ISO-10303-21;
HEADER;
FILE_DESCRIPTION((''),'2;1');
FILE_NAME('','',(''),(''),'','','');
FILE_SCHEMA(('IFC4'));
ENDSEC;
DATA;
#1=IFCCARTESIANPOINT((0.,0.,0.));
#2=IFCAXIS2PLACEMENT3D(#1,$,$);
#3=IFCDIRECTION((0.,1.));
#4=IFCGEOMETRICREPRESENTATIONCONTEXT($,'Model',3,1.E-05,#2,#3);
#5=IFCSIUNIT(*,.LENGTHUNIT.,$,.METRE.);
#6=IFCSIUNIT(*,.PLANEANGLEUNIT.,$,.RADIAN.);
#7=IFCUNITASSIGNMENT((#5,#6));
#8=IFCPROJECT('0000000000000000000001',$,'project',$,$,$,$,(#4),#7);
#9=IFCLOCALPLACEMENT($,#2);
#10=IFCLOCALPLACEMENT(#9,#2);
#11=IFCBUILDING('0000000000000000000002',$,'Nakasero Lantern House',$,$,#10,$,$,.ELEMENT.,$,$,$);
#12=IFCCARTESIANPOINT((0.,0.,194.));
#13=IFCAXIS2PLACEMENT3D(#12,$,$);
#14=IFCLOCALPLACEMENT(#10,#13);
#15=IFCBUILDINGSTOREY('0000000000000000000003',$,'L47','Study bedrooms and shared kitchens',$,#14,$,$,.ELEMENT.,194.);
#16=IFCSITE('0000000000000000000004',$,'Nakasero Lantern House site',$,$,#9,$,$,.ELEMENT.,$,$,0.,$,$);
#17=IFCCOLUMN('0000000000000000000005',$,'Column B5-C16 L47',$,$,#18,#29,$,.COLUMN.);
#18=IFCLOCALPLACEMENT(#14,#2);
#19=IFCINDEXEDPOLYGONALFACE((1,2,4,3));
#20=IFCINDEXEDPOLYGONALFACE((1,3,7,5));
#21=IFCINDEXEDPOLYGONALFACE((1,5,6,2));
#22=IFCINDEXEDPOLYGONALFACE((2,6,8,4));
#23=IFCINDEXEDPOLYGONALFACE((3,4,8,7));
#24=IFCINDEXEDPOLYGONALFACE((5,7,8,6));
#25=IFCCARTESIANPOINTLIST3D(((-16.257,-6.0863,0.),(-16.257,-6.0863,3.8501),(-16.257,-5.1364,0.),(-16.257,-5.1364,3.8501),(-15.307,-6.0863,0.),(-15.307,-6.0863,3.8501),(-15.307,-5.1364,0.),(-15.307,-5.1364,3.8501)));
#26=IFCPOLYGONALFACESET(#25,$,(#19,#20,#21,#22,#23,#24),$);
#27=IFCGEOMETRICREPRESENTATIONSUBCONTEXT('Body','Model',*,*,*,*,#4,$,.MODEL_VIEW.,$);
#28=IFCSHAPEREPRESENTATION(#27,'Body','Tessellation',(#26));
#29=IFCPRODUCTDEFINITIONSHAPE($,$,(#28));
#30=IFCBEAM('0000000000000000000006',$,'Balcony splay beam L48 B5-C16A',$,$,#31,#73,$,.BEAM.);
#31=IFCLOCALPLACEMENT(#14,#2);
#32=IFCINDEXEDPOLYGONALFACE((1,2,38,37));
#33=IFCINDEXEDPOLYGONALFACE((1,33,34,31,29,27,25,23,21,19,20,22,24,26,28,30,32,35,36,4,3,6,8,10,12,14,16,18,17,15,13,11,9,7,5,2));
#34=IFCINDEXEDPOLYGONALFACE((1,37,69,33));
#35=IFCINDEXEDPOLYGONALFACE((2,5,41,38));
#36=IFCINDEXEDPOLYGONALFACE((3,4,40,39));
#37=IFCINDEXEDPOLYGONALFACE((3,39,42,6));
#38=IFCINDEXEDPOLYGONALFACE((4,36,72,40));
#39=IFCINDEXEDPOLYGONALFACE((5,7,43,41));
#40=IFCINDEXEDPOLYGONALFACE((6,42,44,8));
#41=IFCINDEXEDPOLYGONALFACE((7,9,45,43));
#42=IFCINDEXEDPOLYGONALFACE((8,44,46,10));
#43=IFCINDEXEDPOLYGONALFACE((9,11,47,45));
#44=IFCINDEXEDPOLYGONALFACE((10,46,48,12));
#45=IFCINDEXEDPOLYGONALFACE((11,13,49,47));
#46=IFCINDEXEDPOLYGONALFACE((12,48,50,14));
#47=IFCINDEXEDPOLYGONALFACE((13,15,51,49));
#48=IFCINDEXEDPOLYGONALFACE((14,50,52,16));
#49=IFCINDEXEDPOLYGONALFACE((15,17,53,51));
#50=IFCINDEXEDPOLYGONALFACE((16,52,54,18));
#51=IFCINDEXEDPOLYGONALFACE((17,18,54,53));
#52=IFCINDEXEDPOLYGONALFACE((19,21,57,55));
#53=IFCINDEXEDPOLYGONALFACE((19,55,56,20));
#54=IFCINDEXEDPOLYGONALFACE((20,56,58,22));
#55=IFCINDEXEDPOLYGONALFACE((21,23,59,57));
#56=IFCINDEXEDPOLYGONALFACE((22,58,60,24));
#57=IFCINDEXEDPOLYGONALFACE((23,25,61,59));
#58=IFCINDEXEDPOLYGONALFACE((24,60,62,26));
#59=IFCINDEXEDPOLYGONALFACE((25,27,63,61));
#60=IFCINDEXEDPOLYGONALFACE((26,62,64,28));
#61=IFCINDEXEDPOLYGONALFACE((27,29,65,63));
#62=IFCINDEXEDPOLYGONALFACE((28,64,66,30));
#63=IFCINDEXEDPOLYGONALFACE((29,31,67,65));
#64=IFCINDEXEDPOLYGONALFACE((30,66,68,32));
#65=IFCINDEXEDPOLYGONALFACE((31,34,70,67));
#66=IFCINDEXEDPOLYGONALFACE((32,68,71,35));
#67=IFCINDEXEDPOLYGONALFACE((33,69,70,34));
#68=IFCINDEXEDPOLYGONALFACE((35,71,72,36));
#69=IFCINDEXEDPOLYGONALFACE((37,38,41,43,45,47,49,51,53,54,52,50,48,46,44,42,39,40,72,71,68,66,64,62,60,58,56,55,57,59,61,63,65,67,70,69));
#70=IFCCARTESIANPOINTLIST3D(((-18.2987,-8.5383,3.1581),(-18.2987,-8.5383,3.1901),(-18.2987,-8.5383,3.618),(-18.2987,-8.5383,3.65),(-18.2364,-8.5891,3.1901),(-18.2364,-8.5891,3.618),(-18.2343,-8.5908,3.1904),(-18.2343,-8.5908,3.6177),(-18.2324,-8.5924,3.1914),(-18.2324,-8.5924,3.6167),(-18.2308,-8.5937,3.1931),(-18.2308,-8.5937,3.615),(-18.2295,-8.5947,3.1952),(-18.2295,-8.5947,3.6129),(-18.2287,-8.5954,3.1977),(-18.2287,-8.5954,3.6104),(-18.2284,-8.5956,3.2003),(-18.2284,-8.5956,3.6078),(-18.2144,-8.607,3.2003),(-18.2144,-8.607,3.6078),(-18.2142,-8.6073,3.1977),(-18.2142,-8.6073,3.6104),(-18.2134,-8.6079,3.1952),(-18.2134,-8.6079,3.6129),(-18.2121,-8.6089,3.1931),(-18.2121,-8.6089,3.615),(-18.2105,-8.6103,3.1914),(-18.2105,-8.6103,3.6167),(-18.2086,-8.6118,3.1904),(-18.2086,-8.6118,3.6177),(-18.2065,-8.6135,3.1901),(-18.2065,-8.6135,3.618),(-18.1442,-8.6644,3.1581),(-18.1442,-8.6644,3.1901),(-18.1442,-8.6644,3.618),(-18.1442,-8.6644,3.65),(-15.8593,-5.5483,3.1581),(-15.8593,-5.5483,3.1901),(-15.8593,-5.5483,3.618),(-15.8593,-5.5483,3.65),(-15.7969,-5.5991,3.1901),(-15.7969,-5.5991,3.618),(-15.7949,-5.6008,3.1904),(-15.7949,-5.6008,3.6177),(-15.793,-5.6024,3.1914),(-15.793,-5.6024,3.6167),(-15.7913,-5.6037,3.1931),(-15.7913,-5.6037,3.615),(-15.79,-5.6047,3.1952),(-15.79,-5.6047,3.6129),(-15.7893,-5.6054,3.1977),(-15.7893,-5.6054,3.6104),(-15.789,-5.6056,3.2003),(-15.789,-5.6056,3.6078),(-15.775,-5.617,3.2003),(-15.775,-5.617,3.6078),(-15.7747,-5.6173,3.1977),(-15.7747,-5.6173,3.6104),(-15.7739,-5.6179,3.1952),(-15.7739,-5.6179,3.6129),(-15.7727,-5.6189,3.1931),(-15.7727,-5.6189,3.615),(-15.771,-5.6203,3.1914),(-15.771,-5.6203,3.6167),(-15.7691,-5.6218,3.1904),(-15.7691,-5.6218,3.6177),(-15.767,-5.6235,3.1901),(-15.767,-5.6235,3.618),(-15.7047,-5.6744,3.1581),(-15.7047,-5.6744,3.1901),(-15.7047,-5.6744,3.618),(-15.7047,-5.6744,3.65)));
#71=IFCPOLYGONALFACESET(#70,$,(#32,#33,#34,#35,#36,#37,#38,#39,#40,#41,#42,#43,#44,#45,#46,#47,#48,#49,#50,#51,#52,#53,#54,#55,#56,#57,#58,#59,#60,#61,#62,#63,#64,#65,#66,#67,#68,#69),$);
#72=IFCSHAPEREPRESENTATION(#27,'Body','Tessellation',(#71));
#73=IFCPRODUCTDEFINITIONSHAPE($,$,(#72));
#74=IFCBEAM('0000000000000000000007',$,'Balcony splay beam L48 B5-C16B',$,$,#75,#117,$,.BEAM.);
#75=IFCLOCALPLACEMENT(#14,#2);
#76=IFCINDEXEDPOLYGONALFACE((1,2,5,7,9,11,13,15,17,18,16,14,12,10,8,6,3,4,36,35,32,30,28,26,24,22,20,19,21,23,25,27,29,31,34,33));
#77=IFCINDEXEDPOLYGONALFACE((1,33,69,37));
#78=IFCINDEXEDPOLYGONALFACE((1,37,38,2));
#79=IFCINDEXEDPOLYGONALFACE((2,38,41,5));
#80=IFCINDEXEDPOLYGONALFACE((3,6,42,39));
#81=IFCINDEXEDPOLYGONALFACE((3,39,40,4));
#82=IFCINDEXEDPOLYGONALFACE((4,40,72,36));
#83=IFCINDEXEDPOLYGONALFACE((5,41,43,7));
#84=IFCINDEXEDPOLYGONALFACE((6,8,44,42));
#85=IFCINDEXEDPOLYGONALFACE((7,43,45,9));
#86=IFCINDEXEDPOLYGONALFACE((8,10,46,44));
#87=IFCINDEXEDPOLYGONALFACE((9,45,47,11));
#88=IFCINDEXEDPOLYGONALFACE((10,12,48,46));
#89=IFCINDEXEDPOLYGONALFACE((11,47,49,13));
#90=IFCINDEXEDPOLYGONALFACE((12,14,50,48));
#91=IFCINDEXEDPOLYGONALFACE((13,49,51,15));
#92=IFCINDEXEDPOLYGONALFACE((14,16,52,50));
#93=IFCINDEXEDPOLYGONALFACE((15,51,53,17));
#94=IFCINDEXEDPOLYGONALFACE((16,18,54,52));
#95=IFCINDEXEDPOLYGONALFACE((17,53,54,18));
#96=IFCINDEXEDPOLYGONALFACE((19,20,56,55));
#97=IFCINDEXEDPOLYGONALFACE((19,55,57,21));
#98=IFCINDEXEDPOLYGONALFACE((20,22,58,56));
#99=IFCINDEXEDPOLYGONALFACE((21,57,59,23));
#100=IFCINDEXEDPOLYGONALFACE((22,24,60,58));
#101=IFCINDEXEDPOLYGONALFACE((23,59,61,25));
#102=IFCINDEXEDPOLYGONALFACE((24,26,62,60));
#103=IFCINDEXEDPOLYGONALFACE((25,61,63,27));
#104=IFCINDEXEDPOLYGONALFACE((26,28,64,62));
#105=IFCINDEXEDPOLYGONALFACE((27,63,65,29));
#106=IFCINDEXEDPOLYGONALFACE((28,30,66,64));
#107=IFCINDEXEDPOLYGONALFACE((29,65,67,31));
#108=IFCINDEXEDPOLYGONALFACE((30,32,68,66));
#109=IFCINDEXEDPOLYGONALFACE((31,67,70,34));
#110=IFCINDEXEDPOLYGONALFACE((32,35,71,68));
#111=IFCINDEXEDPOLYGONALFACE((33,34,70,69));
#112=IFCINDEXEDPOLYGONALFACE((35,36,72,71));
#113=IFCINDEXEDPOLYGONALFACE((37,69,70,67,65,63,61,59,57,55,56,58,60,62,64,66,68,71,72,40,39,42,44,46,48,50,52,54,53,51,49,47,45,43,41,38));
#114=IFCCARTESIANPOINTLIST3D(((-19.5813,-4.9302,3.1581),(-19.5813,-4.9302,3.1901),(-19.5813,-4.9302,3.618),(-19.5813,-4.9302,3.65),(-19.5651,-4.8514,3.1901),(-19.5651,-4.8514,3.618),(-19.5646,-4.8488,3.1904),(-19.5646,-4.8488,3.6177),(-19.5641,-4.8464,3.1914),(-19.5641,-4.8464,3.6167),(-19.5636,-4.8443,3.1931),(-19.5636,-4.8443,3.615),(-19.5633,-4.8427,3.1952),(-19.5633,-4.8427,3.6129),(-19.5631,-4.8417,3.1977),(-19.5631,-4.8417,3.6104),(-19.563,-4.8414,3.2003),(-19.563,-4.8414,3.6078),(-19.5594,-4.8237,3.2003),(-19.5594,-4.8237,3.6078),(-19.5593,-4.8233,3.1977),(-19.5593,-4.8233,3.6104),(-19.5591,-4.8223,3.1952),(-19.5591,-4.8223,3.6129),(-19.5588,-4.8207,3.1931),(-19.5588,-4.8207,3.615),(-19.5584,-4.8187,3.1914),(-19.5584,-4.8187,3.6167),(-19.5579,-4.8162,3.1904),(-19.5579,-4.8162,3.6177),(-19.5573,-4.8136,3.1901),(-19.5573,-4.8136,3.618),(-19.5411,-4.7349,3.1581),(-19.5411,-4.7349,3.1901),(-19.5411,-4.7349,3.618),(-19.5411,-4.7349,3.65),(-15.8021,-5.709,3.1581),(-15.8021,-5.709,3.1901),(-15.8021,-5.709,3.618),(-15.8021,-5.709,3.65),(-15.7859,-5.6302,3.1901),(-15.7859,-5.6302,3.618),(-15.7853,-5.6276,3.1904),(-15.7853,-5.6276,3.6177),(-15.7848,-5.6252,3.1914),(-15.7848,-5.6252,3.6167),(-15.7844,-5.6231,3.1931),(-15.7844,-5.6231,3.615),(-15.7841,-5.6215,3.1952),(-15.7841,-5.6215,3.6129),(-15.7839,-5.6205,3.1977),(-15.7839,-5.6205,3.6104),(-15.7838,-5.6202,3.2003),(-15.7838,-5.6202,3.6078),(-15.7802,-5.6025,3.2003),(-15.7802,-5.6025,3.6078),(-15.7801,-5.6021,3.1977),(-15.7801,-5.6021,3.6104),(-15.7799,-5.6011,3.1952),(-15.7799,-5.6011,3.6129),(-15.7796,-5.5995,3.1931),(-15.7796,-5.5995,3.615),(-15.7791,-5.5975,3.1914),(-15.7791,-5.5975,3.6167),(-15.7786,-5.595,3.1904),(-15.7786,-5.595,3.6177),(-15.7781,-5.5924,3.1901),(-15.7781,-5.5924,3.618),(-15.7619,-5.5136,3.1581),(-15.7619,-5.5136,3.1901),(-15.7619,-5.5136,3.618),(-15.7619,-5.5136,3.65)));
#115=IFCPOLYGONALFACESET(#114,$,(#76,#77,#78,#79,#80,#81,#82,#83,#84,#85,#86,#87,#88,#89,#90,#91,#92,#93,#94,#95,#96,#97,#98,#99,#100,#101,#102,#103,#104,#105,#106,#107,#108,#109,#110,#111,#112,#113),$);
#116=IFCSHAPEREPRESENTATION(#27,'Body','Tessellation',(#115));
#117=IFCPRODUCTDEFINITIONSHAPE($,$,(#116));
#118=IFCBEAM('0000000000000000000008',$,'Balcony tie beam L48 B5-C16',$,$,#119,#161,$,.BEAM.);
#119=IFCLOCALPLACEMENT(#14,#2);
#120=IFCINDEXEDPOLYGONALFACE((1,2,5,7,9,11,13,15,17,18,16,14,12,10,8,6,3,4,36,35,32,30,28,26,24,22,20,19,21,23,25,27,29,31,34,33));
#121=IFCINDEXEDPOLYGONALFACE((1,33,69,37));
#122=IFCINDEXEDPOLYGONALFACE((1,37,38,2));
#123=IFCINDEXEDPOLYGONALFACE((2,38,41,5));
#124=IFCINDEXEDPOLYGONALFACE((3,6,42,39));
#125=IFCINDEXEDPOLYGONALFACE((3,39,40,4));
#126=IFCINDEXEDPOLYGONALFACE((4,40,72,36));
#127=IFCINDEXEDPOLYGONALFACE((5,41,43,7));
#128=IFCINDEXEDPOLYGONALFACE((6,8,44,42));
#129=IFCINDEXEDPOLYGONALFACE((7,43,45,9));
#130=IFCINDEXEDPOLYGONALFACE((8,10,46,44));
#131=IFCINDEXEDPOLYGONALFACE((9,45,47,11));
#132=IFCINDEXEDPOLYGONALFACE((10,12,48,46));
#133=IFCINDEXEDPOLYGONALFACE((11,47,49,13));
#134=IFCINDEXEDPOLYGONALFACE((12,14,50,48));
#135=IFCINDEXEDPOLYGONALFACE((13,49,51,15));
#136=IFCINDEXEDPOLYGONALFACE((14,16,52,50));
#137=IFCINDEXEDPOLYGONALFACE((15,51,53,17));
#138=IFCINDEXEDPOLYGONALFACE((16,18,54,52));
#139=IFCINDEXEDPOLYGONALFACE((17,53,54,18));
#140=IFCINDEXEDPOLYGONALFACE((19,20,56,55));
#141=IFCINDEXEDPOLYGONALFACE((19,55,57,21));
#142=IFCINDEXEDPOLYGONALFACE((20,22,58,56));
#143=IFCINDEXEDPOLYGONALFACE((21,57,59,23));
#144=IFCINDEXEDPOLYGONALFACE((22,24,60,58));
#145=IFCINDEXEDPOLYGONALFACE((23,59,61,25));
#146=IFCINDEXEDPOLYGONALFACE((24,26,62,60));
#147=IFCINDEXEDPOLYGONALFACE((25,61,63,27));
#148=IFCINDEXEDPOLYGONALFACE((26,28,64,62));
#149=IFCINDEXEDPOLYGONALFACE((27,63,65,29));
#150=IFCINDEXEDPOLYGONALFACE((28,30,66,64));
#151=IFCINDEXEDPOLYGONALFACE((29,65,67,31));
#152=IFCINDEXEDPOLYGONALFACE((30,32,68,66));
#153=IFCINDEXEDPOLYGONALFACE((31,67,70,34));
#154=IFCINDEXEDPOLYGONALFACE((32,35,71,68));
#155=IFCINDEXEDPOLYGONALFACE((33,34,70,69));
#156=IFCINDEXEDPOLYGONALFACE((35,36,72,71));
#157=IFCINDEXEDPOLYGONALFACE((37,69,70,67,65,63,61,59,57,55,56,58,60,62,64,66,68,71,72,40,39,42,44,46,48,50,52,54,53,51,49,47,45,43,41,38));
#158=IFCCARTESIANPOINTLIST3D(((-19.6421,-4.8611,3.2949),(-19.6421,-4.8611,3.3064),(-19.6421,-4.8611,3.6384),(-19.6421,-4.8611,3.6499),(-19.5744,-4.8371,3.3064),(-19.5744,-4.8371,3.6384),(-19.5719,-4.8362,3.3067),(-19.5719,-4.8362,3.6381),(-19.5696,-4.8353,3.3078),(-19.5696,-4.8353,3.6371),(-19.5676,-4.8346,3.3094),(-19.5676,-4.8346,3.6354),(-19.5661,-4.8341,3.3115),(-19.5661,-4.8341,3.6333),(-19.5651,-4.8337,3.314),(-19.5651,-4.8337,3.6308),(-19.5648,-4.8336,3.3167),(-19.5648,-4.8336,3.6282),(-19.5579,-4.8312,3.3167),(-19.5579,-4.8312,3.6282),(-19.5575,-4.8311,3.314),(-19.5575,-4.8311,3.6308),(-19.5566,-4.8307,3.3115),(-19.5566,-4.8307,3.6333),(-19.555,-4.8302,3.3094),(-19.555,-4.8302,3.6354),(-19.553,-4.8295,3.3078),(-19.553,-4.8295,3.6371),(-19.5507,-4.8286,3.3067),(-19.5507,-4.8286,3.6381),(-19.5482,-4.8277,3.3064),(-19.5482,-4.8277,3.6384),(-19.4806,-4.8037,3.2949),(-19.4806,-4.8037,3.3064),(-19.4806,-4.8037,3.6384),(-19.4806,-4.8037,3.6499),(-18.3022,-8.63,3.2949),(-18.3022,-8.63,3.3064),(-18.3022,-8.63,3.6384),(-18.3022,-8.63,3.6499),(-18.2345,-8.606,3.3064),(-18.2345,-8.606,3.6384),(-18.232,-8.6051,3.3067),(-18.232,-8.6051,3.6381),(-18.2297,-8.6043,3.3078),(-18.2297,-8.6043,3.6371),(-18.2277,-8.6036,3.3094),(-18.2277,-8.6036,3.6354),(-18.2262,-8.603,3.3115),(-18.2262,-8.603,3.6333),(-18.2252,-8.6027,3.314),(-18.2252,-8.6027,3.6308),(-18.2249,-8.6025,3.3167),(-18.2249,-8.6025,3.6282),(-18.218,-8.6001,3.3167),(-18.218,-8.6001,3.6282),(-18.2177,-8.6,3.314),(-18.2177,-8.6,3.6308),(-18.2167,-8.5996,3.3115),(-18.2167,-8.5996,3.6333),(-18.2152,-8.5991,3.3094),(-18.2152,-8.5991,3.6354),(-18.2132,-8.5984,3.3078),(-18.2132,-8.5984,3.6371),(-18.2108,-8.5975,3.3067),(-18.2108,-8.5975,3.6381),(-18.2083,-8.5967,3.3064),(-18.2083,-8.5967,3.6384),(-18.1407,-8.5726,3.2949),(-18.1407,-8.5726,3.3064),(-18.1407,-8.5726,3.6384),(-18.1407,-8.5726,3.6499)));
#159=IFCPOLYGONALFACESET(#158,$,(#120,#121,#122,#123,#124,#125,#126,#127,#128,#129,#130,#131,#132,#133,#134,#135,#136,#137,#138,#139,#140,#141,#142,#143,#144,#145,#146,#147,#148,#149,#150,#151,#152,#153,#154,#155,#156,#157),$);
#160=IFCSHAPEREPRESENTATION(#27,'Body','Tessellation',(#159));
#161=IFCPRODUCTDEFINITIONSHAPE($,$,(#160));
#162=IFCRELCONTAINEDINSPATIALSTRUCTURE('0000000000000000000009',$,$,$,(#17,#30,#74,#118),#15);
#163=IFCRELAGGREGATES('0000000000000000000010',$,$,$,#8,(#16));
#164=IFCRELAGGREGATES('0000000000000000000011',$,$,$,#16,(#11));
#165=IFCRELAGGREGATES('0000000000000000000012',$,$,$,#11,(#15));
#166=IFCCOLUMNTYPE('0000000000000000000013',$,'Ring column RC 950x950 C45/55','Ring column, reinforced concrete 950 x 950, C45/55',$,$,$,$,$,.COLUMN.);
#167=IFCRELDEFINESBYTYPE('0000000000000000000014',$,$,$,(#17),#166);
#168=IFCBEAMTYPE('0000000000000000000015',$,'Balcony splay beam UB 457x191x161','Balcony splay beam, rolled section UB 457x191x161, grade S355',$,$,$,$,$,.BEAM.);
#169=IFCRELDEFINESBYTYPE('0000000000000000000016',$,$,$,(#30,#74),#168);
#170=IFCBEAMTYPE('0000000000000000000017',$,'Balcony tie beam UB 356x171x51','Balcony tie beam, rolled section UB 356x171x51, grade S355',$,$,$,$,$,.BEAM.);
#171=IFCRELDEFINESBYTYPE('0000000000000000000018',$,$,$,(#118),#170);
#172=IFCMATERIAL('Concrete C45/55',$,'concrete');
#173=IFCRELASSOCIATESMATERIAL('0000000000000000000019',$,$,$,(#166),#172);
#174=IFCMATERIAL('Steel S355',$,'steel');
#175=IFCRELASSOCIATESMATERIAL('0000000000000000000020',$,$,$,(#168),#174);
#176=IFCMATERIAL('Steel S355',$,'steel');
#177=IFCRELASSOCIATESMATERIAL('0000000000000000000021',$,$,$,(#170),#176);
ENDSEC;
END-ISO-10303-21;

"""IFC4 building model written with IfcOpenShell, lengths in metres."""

from ifc_helpers import new_model, si_unit, direction, frame, origin, origin_2d, place, context, subcontext, project, spatial, rectangle, i_section, extrude, material, material_profile, profile_set, type_object, element, save


model = new_model("IFC4")

# Units and contexts
model_context = context("Model", 3, precision=1e-05, world=origin(), true_north=direction((0.0, 1.0)))
body_context = subcontext(model_context, "Body", "Model", "MODEL_VIEW")
ifc_project = project(units=[si_unit("LENGTHUNIT", "METRE"), si_unit("PLANEANGLEUNIT", "RADIAN")], contexts=[model_context])

# Site, building, storey
site_placement = place(None, origin())
site = spatial("IfcSite", under=ifc_project, at=site_placement, Name="Nakasero Lantern House site", CompositionType="ELEMENT", RefElevation=0.0)
building_placement = place(site_placement, origin())
building = spatial("IfcBuilding", under=site, at=building_placement, Name="Nakasero Lantern House", CompositionType="ELEMENT")
storey_placement = place(building_placement, frame((0.0, 0.0, 194.0)))
storey = spatial("IfcBuildingStorey", under=building, at=storey_placement, Name="L47", Description="Study bedrooms and shared kitchens", CompositionType="ELEMENT", Elevation=194.0)

# Column
ifc_material_1 = material(Name="Concrete C45/55", Category="concrete")
ifc_material_profile_1 = material_profile(ifc_material_1, rectangle(XDim=0.95, YDim=0.95, at=origin_2d()), Name="RC 950x950")
ifc_profile_set_1 = profile_set([ifc_material_profile_1], Name="Concrete C45/55")
column_type = type_object("IfcColumnType", Name="Ring column RC 950x950 C45/55", Description="Ring column, reinforced concrete 950 x 950, C45/55", PredefinedType="COLUMN", material=ifc_profile_set_1)
column_placement = place(storey_placement, frame((-15.782, -5.6113, 0.0), z_axis=(0.0, 0.0, 1.0), x_axis=(1.0, 0.0, 0.0)))
element("IfcColumn", 1, at=column_placement, inside=storey, type_object=column_type, Name="Column B5-C16 L47", PredefinedType="COLUMN", context=body_context, shape_type="SweptSolid", body=[
    extrude(rectangle(XDim=0.95, YDim=0.95, at=origin_2d()), origin(), (0.0, 0.0, 1.0), 3.8501),
])

# Beams
ifc_material_2 = material(Name="Steel S355", Category="steel")
ifc_material_profile_2 = material_profile(ifc_material_2, i_section(OverallWidth=0.1995, OverallDepth=0.4919, WebThickness=0.0181, FlangeThickness=0.032, FilletRadius=0.0103, at=origin_2d()), Name="UB 457x191x161")
ifc_profile_set_2 = profile_set([ifc_material_profile_2], Name="Steel S355")
beam_type_1 = type_object("IfcBeamType", Name="Balcony splay beam UB 457x191x161", Description="Balcony splay beam, rolled section UB 457x191x161, grade S355", PredefinedType="BEAM", material=ifc_profile_set_2)
beam_1_placement = place(storey_placement, frame((-15.782, -5.6113, 3.4041), z_axis=(-0.632166, -0.774833, 0.0), x_axis=(0.774833, -0.632166, 0.0)))
element("IfcBeam", 2, at=beam_1_placement, inside=storey, type_object=beam_type_1, Name="Balcony splay beam L48 B5-C16A", PredefinedType="BEAM", context=body_context, shape_type="SweptSolid", body=[
    extrude(i_section(OverallWidth=0.1995, OverallDepth=0.4919, WebThickness=0.0181, FlangeThickness=0.032, FilletRadius=0.0103, at=origin_2d()), origin(), (0.0, 0.0, 1.0), 3.8589),
])
beam_2_placement = place(storey_placement, frame((-15.782, -5.6113, 3.4041), z_axis=(-0.97942, 0.201831, 0.0), x_axis=(-0.201831, -0.97942, 0.0)))
element("IfcBeam", 3, at=beam_2_placement, inside=storey, type_object=beam_type_1, Name="Balcony splay beam L48 B5-C16B", PredefinedType="BEAM", context=body_context, shape_type="SweptSolid", body=[
    extrude(i_section(OverallWidth=0.1995, OverallDepth=0.4919, WebThickness=0.0181, FlangeThickness=0.032, FilletRadius=0.0103, at=origin_2d()), origin(), (0.0, 0.0, 1.0), 3.8586),
])
ifc_material_3 = material(Name="Steel S355", Category="steel")
ifc_material_profile_3 = material_profile(ifc_material_3, i_section(OverallWidth=0.1714, OverallDepth=0.355, WebThickness=0.0073, FlangeThickness=0.0115, FilletRadius=0.0103, at=origin_2d()), Name="UB 356x171x51")
ifc_profile_set_3 = profile_set([ifc_material_profile_3], Name="Steel S355")
beam_type_2 = type_object("IfcBeamType", Name="Balcony tie beam UB 356x171x51", Description="Balcony tie beam, rolled section UB 356x171x51, grade S355", PredefinedType="BEAM", material=ifc_profile_set_3)
beam_3_placement = place(storey_placement, frame((-18.2214, -8.6013, 3.4724), z_axis=(-0.334971, 0.942228, 0.0), x_axis=(-0.942228, -0.334971, 0.0)))
element("IfcBeam", 4, at=beam_3_placement, inside=storey, type_object=beam_type_2, Name="Balcony tie beam L48 B5-C16", PredefinedType="BEAM", context=body_context, shape_type="SweptSolid", body=[
    extrude(i_section(OverallWidth=0.1714, OverallDepth=0.355, WebThickness=0.0073, FlangeThickness=0.0115, FilletRadius=0.0103, at=origin_2d()), origin(), (0.0, 0.0, 1.0), 4.0),
])

save(model, "model.ifc")
